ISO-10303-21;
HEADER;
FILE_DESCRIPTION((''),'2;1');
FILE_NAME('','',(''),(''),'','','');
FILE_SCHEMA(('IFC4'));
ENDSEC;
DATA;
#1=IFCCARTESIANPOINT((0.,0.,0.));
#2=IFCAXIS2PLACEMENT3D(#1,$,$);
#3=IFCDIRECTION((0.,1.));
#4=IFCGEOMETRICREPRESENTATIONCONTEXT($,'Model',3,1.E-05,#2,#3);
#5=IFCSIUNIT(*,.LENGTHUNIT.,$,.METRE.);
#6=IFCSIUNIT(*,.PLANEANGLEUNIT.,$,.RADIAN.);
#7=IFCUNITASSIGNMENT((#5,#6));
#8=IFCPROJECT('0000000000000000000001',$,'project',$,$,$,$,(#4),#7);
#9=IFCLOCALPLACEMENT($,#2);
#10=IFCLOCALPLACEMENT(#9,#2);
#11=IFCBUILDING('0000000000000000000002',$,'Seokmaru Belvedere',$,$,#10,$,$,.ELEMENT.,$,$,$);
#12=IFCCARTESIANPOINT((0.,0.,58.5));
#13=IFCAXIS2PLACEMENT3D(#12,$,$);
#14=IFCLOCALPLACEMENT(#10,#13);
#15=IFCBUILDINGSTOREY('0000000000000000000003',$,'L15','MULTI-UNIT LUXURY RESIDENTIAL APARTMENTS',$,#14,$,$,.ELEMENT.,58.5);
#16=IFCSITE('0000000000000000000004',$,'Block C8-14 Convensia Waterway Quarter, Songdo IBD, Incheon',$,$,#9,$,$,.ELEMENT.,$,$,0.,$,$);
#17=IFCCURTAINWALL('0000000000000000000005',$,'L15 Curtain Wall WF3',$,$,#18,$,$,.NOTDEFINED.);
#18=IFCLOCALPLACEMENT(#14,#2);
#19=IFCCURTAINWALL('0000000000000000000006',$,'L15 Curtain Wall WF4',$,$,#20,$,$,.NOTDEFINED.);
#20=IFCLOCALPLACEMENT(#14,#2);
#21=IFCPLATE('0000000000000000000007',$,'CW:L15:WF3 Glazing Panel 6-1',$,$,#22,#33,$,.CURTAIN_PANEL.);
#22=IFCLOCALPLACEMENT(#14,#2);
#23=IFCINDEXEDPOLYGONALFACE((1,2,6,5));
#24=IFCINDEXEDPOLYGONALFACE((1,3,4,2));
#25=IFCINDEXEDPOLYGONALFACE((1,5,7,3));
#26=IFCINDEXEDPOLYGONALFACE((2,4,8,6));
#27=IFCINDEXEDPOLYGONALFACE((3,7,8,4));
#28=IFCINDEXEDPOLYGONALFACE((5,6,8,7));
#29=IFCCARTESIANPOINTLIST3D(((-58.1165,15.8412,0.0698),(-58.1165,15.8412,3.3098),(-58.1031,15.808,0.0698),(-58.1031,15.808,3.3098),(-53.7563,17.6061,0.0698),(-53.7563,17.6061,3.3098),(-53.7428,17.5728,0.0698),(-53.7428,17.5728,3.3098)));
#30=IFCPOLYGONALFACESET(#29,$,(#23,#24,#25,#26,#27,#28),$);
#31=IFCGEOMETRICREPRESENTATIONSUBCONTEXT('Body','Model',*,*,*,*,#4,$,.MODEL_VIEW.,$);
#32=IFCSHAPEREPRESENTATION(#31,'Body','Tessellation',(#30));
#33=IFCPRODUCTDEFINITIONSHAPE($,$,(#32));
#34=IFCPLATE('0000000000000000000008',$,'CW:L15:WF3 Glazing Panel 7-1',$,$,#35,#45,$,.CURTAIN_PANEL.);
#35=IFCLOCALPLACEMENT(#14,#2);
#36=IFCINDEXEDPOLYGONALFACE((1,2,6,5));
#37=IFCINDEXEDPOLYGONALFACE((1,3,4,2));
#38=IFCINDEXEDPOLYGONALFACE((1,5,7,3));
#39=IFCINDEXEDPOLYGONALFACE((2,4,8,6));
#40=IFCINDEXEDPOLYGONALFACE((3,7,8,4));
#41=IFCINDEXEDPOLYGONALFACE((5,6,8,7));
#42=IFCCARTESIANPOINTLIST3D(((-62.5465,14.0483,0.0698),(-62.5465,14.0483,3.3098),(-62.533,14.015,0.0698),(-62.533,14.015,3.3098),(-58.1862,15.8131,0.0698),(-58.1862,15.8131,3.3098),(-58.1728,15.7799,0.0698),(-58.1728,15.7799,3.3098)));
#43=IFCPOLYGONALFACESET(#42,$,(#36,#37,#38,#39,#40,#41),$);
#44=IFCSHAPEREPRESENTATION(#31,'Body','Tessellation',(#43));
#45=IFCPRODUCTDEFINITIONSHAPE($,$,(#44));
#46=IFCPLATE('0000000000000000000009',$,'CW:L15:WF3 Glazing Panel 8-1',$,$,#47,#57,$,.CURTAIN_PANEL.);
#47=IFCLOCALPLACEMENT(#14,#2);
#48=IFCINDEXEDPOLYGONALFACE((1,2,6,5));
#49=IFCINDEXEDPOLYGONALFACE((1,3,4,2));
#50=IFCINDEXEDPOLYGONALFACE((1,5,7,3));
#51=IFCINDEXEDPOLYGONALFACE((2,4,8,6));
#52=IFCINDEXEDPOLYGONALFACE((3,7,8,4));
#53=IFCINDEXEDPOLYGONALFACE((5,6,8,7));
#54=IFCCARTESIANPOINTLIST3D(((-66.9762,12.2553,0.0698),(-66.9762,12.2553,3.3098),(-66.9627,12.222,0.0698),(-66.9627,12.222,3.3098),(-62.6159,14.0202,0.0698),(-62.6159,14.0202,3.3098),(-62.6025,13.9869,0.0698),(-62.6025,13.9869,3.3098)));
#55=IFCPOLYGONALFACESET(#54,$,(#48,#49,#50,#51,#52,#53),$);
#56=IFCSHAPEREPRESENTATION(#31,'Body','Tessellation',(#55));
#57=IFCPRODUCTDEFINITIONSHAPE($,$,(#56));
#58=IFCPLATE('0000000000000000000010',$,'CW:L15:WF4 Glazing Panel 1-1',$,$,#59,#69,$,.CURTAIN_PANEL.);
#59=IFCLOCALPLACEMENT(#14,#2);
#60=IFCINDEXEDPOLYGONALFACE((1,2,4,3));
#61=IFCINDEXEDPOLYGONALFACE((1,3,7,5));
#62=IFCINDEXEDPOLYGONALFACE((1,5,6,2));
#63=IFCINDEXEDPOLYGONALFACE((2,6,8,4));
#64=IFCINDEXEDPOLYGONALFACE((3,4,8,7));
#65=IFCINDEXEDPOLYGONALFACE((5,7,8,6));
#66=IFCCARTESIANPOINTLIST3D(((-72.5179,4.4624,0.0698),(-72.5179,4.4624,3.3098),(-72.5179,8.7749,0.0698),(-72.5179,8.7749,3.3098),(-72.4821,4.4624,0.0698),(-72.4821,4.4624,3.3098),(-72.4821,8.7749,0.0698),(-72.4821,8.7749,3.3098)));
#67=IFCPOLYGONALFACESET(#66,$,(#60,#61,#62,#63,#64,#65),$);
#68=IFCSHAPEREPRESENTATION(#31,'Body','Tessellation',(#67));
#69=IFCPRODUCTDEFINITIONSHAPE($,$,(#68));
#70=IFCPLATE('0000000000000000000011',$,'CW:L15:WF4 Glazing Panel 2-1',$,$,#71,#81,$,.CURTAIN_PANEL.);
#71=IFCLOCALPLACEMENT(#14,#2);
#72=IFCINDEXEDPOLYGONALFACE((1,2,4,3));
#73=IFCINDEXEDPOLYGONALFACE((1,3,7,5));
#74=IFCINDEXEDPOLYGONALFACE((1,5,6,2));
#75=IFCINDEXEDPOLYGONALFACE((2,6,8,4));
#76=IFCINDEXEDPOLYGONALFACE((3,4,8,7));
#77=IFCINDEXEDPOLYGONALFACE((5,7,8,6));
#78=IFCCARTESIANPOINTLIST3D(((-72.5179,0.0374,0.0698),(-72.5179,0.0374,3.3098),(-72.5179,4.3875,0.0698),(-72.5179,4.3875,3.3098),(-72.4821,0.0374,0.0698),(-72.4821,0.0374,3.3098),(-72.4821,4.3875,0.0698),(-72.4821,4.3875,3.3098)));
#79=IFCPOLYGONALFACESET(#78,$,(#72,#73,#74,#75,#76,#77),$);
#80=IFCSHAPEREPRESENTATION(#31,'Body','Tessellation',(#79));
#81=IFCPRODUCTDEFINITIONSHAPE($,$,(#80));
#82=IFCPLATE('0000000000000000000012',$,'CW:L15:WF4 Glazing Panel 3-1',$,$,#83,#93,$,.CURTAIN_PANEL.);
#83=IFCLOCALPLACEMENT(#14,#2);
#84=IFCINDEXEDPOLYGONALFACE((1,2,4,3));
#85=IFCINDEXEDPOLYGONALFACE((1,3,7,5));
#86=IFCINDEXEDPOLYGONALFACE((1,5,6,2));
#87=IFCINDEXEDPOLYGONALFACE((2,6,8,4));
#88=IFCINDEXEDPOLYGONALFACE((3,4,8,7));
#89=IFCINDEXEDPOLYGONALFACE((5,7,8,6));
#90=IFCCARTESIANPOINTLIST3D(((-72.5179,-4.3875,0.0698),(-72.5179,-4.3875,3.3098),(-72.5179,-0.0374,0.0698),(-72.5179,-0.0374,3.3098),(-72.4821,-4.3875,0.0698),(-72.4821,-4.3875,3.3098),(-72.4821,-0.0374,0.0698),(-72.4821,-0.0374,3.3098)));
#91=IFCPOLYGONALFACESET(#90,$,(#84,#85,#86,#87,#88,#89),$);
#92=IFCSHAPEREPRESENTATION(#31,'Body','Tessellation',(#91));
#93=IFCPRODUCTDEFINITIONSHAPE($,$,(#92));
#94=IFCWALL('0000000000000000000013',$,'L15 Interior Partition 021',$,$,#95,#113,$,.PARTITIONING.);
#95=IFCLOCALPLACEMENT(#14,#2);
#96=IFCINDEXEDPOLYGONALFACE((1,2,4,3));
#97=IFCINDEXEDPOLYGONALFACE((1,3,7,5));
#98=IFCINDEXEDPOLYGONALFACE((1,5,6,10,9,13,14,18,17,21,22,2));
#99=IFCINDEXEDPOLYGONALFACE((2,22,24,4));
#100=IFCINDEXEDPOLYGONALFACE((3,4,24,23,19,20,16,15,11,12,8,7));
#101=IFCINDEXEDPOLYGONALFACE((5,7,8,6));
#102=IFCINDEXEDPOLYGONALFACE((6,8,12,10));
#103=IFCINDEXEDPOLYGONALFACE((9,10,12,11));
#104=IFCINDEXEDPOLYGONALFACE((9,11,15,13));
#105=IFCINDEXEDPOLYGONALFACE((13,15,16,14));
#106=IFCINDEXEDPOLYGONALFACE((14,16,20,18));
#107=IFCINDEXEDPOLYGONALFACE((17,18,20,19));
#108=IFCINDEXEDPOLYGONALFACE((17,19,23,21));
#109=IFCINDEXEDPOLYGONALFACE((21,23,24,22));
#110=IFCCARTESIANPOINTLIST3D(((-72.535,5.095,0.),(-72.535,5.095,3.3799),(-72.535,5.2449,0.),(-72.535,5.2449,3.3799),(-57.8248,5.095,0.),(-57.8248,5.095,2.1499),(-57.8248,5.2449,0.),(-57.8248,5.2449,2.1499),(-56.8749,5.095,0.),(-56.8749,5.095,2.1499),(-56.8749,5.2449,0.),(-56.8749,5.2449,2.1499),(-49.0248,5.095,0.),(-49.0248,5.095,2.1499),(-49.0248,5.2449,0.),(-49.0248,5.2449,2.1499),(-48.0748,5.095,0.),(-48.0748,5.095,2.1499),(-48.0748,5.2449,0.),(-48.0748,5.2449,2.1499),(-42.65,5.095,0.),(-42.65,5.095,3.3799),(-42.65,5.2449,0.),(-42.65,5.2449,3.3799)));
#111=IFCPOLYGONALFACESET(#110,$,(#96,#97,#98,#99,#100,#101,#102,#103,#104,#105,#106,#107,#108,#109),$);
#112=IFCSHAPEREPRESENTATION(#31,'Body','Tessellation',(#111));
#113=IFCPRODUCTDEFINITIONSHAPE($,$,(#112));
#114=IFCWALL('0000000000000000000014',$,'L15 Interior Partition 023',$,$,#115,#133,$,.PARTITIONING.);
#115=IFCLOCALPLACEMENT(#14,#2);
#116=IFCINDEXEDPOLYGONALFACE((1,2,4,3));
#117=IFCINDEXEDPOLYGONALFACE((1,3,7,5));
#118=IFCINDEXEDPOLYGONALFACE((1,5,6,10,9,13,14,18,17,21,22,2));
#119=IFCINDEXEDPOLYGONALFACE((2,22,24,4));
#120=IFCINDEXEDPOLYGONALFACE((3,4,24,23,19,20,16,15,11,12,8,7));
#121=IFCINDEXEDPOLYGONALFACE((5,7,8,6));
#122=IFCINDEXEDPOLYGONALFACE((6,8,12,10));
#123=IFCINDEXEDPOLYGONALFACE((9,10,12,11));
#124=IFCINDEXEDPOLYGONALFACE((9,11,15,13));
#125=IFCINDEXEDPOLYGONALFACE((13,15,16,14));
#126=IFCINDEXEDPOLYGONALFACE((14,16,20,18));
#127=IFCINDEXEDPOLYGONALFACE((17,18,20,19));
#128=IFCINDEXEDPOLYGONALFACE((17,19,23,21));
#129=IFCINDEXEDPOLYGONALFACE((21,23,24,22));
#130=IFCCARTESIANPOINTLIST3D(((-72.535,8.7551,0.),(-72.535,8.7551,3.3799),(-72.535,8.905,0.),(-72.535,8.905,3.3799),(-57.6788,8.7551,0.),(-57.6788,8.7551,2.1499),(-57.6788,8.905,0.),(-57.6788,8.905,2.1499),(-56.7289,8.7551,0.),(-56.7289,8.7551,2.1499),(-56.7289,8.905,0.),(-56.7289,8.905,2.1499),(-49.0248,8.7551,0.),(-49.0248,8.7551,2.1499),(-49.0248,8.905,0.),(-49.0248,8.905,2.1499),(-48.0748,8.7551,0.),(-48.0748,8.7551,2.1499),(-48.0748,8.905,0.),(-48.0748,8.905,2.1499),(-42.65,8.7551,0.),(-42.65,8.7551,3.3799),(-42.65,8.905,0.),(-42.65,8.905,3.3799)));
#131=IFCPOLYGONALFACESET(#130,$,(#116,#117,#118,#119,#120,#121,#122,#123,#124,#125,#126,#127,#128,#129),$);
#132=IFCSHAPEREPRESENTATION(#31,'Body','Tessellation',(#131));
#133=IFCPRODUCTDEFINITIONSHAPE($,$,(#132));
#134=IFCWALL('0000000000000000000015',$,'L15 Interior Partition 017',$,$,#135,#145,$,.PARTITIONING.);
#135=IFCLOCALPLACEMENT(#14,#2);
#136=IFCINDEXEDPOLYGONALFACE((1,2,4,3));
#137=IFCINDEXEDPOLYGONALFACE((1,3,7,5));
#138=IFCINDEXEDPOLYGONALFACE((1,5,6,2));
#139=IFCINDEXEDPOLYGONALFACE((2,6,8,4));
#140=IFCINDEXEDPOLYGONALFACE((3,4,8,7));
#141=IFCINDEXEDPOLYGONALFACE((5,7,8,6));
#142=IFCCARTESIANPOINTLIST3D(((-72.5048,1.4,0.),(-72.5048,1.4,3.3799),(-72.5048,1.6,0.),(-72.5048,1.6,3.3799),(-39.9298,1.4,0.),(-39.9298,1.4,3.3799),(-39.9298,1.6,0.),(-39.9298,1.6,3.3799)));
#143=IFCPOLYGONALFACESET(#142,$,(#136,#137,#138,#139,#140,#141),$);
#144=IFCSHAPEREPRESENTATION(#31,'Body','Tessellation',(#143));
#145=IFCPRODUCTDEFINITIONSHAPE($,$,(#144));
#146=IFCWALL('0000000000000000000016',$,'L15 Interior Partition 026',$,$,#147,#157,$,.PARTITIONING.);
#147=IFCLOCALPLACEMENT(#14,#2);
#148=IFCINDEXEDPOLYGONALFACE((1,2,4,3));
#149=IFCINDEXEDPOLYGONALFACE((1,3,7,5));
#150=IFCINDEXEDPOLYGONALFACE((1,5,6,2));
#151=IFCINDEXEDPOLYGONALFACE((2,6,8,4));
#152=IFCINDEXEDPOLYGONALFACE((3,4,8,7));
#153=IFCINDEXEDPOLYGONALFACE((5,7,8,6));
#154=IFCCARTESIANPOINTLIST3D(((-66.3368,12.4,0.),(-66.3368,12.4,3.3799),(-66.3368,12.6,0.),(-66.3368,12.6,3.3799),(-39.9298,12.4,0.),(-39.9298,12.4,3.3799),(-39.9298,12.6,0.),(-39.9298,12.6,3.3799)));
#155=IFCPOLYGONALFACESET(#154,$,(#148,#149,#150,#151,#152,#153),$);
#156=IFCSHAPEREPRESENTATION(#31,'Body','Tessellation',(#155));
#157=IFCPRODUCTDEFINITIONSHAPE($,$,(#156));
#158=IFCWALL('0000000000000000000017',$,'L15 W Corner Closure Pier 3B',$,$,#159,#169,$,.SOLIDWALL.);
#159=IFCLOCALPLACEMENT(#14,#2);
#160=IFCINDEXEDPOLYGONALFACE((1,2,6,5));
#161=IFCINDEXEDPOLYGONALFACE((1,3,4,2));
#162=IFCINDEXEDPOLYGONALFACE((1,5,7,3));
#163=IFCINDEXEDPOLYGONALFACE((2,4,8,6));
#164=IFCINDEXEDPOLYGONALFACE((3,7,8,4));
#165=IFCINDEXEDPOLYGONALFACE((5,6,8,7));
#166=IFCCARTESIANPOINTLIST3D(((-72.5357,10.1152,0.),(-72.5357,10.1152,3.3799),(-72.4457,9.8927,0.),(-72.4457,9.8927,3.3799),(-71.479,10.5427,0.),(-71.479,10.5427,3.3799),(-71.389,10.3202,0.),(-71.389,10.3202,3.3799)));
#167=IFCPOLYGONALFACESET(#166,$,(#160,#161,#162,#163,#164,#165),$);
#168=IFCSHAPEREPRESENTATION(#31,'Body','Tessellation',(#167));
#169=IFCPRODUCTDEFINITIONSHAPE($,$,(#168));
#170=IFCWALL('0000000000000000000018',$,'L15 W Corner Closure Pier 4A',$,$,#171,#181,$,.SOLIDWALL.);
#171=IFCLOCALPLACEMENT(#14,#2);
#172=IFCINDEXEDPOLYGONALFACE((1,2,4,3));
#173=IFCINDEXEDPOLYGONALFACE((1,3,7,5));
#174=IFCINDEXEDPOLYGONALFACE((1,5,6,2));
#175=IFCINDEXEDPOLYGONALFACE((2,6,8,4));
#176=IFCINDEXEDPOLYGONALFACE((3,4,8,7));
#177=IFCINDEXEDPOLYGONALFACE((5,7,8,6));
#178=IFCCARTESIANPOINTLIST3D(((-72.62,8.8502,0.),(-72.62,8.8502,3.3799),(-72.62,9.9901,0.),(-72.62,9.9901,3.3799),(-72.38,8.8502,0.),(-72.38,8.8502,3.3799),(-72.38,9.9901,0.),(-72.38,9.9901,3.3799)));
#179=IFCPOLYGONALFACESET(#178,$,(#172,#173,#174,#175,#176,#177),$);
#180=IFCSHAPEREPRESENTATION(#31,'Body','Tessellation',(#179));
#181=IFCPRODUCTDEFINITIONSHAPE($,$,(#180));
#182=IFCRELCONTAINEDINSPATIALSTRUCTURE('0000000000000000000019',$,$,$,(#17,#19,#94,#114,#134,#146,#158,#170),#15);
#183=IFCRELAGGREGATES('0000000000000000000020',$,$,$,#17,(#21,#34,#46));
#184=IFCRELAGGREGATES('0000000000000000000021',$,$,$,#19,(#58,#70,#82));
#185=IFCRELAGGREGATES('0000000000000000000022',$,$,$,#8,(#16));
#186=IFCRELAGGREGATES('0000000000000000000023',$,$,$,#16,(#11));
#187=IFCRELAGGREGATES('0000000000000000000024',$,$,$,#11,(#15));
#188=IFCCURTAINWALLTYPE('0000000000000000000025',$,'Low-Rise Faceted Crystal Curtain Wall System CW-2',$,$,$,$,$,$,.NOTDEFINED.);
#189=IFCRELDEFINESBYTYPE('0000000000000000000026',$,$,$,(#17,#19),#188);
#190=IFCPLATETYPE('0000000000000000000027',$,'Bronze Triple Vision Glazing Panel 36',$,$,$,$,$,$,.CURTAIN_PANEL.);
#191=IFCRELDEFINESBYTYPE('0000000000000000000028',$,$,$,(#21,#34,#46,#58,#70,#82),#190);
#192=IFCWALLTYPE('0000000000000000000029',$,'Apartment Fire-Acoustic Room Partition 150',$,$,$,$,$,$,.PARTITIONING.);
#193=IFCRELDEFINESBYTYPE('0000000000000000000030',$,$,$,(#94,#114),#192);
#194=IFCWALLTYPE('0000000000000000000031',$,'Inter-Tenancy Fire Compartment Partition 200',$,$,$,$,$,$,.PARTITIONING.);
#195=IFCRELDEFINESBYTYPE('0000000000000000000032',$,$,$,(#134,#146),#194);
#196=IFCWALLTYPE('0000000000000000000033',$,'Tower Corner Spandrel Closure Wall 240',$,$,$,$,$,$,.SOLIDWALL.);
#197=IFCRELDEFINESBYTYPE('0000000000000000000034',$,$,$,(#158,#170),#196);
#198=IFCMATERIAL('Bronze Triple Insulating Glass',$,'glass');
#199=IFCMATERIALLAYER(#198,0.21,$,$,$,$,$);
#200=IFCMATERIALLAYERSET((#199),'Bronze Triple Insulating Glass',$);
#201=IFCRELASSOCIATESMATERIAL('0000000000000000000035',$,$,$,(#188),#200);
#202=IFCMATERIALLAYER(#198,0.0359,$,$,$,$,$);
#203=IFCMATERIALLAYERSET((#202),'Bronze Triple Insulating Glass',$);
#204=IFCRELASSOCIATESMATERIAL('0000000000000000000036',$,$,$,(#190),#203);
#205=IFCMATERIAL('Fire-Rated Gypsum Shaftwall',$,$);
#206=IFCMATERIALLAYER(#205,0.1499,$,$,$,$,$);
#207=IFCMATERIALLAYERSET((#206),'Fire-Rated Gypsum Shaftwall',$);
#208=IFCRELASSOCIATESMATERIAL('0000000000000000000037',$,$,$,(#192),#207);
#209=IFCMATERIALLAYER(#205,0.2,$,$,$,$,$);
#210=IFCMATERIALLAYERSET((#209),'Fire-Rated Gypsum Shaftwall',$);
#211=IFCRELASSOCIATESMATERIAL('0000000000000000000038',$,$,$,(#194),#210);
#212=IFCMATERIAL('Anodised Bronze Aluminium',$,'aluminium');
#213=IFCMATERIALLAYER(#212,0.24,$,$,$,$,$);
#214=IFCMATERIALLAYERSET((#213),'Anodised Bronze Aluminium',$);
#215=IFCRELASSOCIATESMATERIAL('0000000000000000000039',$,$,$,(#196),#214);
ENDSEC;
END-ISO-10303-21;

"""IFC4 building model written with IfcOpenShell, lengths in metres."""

from ifc_helpers import new_model, si_unit, direction, frame, frame_2d, origin, origin_2d, place, context, subcontext, project, spatial, rectangle, extrude, source, transform, mapped, material, layer, layer_set, type_object, element, aggregate, save


model = new_model("IFC4")

# Units and contexts
model_context = context("Model", 3, precision=1e-05, world=origin(), true_north=direction((0.0, 1.0)))
body_context = subcontext(model_context, "Body", "Model", "MODEL_VIEW")
ifc_project = project(units=[si_unit("LENGTHUNIT", "METRE"), si_unit("PLANEANGLEUNIT", "RADIAN")], contexts=[model_context])

# Site, building, storey
site_placement = place(None, origin())
site = spatial("IfcSite", under=ifc_project, at=site_placement, Name="Block C8-14 Convensia Waterway Quarter, Songdo IBD, Incheon", CompositionType="ELEMENT", RefElevation=0.0)
building_placement = place(site_placement, origin())
building = spatial("IfcBuilding", under=site, at=building_placement, Name="Seokmaru Belvedere", CompositionType="ELEMENT")
storey_placement = place(building_placement, frame((0.0, 0.0, 58.5)))
storey = spatial("IfcBuildingStorey", under=building, at=storey_placement, Name="L15", Description="MULTI-UNIT LUXURY RESIDENTIAL APARTMENTS", CompositionType="ELEMENT", Elevation=58.5)

# Curtain walls
ifc_material_1 = material(Name="Bronze Triple Insulating Glass", Category="glass")
ifc_layer_1 = layer(ifc_material_1, 0.21)
ifc_layer_set_1 = layer_set([ifc_layer_1], Name="Bronze Triple Insulating Glass")
curtain_wall_type = type_object("IfcCurtainWallType", Name="Low-Rise Faceted Crystal Curtain Wall System CW-2", PredefinedType="NOTDEFINED", material=ifc_layer_set_1)
curtain_wall_1_placement = place(storey_placement, origin())
curtain_wall_1 = element("IfcCurtainWall", 1, at=curtain_wall_1_placement, inside=storey, type_object=curtain_wall_type, Name="L15 Curtain Wall WF3", PredefinedType="NOTDEFINED")
ifc_material_2 = material(Name="Anodised Bronze Aluminium", Category="aluminium")
curtain_wall_2_placement = place(storey_placement, origin())
curtain_wall_2 = element("IfcCurtainWall", 2, at=curtain_wall_2_placement, inside=storey, type_object=curtain_wall_type, Name="L15 Curtain Wall WF4", PredefinedType="NOTDEFINED")

# Plates
ifc_layer_2 = layer(ifc_material_1, 0.0359)
ifc_layer_set_2 = layer_set([ifc_layer_2], Name="Bronze Triple Insulating Glass")
plate_type = type_object("IfcPlateType", Name="Bronze Triple Vision Glazing Panel 36", PredefinedType="CURTAIN_PANEL", material=ifc_layer_set_2)
shared_shape_1 = source(origin(), body_context, "Body", "SweptSolid", [
    extrude(rectangle(XDim=4.7039, YDim=0.0359, at=origin_2d()), origin(), (0.0, 0.0, 1.0), 3.24),
])
plate_1_placement = place(storey_placement, frame((-55.9297, 16.707, 0.0698), z_axis=(0.0, 0.0, 1.0), x_axis=(-0.926947, -0.375192, 0.0)))
plate_1 = element("IfcPlate", 3, at=plate_1_placement, type_object=plate_type, Name="CW:L15:WF3 Glazing Panel 6-1", PredefinedType="CURTAIN_PANEL", context=body_context, shape_type="MappedRepresentation", body=[
    mapped(shared_shape_1, transform((0.0, 0.0, 0.0), scale=1.0)),
])
plate_2_placement = place(storey_placement, frame((-60.3596, 14.9141, 0.0698), z_axis=(0.0, 0.0, 1.0), x_axis=(-0.926947, -0.375192, 0.0)))
plate_2 = element("IfcPlate", 4, at=plate_2_placement, type_object=plate_type, Name="CW:L15:WF3 Glazing Panel 7-1", PredefinedType="CURTAIN_PANEL", context=body_context, shape_type="MappedRepresentation", body=[
    mapped(shared_shape_1, transform((0.0, 0.0, 0.0), scale=1.0)),
])
plate_3_placement = place(storey_placement, frame((-64.7893, 13.1211, 0.0698), z_axis=(0.0, 0.0, 1.0), x_axis=(-0.926947, -0.375192, 0.0)))
plate_3 = element("IfcPlate", 5, at=plate_3_placement, type_object=plate_type, Name="CW:L15:WF3 Glazing Panel 8-1", PredefinedType="CURTAIN_PANEL", context=body_context, shape_type="MappedRepresentation", body=[
    mapped(shared_shape_1, transform((0.0, 0.0, 0.0), scale=1.0)),
])
aggregate(curtain_wall_1, [plate_1, plate_2, plate_3])
shared_shape_2 = source(origin(), body_context, "Body", "SweptSolid", [
    extrude(rectangle(XDim=4.3125, YDim=0.0359, at=origin_2d()), origin(), (0.0, 0.0, 1.0), 3.24),
])
plate_4_placement = place(storey_placement, frame((-72.5, 6.6187, 0.0698), z_axis=(0.0, 0.0, 1.0), x_axis=(0.0, -1.0, 0.0)))
plate_4 = element("IfcPlate", 6, at=plate_4_placement, type_object=plate_type, Name="CW:L15:WF4 Glazing Panel 1-1", PredefinedType="CURTAIN_PANEL", context=body_context, shape_type="MappedRepresentation", body=[
    mapped(shared_shape_2, transform((0.0, 0.0, 0.0), scale=1.0)),
])
shared_shape_3 = source(origin(), body_context, "Body", "SweptSolid", [
    extrude(rectangle(XDim=4.3501, YDim=0.0359, at=origin_2d()), origin(), (0.0, 0.0, 1.0), 3.24),
])
plate_5_placement = place(storey_placement, frame((-72.5, 2.2124, 0.0698), z_axis=(0.0, 0.0, 1.0), x_axis=(0.0, -1.0, 0.0)))
plate_5 = element("IfcPlate", 7, at=plate_5_placement, type_object=plate_type, Name="CW:L15:WF4 Glazing Panel 2-1", PredefinedType="CURTAIN_PANEL", context=body_context, shape_type="MappedRepresentation", body=[
    mapped(shared_shape_3, transform((0.0, 0.0, 0.0), scale=1.0)),
])
plate_6_placement = place(storey_placement, frame((-72.5, -2.2124, 0.0698), z_axis=(0.0, 0.0, 1.0), x_axis=(0.0, -1.0, 0.0)))
plate_6 = element("IfcPlate", 8, at=plate_6_placement, type_object=plate_type, Name="CW:L15:WF4 Glazing Panel 3-1", PredefinedType="CURTAIN_PANEL", context=body_context, shape_type="MappedRepresentation", body=[
    mapped(shared_shape_3, transform((0.0, 0.0, 0.0), scale=1.0)),
])
aggregate(curtain_wall_2, [plate_4, plate_5, plate_6])

# Walls, openings
ifc_material_3 = material(Name="Fire-Rated Gypsum Shaftwall")
ifc_layer_3 = layer(ifc_material_3, 0.1499)
ifc_layer_set_3 = layer_set([ifc_layer_3], Name="Fire-Rated Gypsum Shaftwall")
wall_type_1 = type_object("IfcWallType", Name="Apartment Fire-Acoustic Room Partition 150", PredefinedType="PARTITIONING", material=ifc_layer_set_3)
wall_1_placement = place(storey_placement, frame((-72.5349, 5.1699, 0.0), z_axis=(0.0, 0.0, 1.0), x_axis=(1.0, 0.0, 0.0)))
wall_1 = element("IfcWall", 9, at=wall_1_placement, inside=storey, type_object=wall_type_1, Name="L15 Interior Partition 021", PredefinedType="PARTITIONING", context=body_context, shape_type="SweptSolid", body=[
    extrude(rectangle(XDim=29.885, YDim=0.1499, at=frame_2d((14.9424, 0.0))), origin(), (0.0, 0.0, 1.0), 3.3799),
])
opening_1_placement = place(wall_1_placement, frame((23.51, 0.0, 0.0)))
element("IfcOpeningElement", 10, at=opening_1_placement, cuts=wall_1, PredefinedType="OPENING", context=body_context, shape_type="SweptSolid", body=[
    extrude(rectangle(XDim=0.95, YDim=2.1499, at=frame_2d((0.4751, 1.075))), frame((0.0, 0.085, 0.0), z_axis=(0.0, -1.0, 0.0), x_axis=(1.0, 0.0, 0.0)), (0.0, 0.0, 1.0), 0.1699),
])
opening_2_placement = place(wall_1_placement, frame((14.71, 0.0, 0.0)))
element("IfcOpeningElement", 11, at=opening_2_placement, cuts=wall_1, PredefinedType="OPENING", context=body_context, shape_type="SweptSolid", body=[
    extrude(rectangle(XDim=0.95, YDim=2.1499, at=frame_2d((0.4751, 1.075))), frame((0.0, 0.085, 0.0), z_axis=(0.0, -1.0, 0.0), x_axis=(1.0, 0.0, 0.0)), (0.0, 0.0, 1.0), 0.1699),
])
wall_2_placement = place(storey_placement, frame((-72.5349, 8.8301, 0.0), z_axis=(0.0, 0.0, 1.0), x_axis=(1.0, 0.0, 0.0)))
wall_2 = element("IfcWall", 12, at=wall_2_placement, inside=storey, type_object=wall_type_1, Name="L15 Interior Partition 023", PredefinedType="PARTITIONING", context=body_context, shape_type="SweptSolid", body=[
    extrude(rectangle(XDim=29.885, YDim=0.1499, at=frame_2d((14.9424, 0.0))), origin(), (0.0, 0.0, 1.0), 3.3799),
])
opening_3_placement = place(wall_2_placement, frame((23.51, 0.0, 0.0)))
element("IfcOpeningElement", 13, at=opening_3_placement, cuts=wall_2, PredefinedType="OPENING", context=body_context, shape_type="SweptSolid", body=[
    extrude(rectangle(XDim=0.95, YDim=2.1499, at=frame_2d((0.4751, 1.075))), frame((0.0, 0.085, 0.0), z_axis=(0.0, -1.0, 0.0), x_axis=(1.0, 0.0, 0.0)), (0.0, 0.0, 1.0), 0.1699),
])
opening_4_placement = place(wall_2_placement, frame((14.856, 0.0, 0.0)))
element("IfcOpeningElement", 14, at=opening_4_placement, cuts=wall_2, PredefinedType="OPENING", context=body_context, shape_type="SweptSolid", body=[
    extrude(rectangle(XDim=0.95, YDim=2.1499, at=frame_2d((0.4751, 1.075))), frame((0.0, 0.085, 0.0), z_axis=(0.0, -1.0, 0.0), x_axis=(1.0, 0.0, 0.0)), (0.0, 0.0, 1.0), 0.1699),
])

# Walls
ifc_layer_4 = layer(ifc_material_3, 0.2)
ifc_layer_set_4 = layer_set([ifc_layer_4], Name="Fire-Rated Gypsum Shaftwall")
wall_type_2 = type_object("IfcWallType", Name="Inter-Tenancy Fire Compartment Partition 200", PredefinedType="PARTITIONING", material=ifc_layer_set_4)
wall_3_placement = place(storey_placement, frame((-72.5049, 1.5, 0.0), z_axis=(0.0, 0.0, 1.0), x_axis=(1.0, 0.0, 0.0)))
element("IfcWall", 15, at=wall_3_placement, inside=storey, type_object=wall_type_2, Name="L15 Interior Partition 017", PredefinedType="PARTITIONING", context=body_context, shape_type="SweptSolid", body=[
    extrude(rectangle(XDim=32.575, YDim=0.2, at=frame_2d((16.2876, 0.0))), origin(), (0.0, 0.0, 1.0), 3.3799),
])
wall_4_placement = place(storey_placement, frame((-66.3369, 12.5, 0.0), z_axis=(0.0, 0.0, 1.0), x_axis=(1.0, 0.0, 0.0)))
element("IfcWall", 16, at=wall_4_placement, inside=storey, type_object=wall_type_2, Name="L15 Interior Partition 026", PredefinedType="PARTITIONING", context=body_context, shape_type="SweptSolid", body=[
    extrude(rectangle(XDim=26.407, YDim=0.2, at=frame_2d((13.2036, 0.0))), origin(), (0.0, 0.0, 1.0), 3.3799),
])
ifc_layer_5 = layer(ifc_material_2, 0.24)
ifc_layer_set_5 = layer_set([ifc_layer_5], Name="Anodised Bronze Aluminium")
wall_type_3 = type_object("IfcWallType", Name="Tower Corner Spandrel Closure Wall 240", PredefinedType="SOLIDWALL", material=ifc_layer_set_5)
for number, where, z_axis, x_axis, name in (
    (17, (-71.4341, 10.4314, 0.0), (0.0, 0.0, 1.0), (-0.927007, -0.375044, 0.0), "L15 W Corner Closure Pier 3B"),
    (18, (-72.5, 9.99, 0.0), (0.0, 0.0, 1.0), (0.0, -1.0, 0.0), "L15 W Corner Closure Pier 4A"),
):
    element("IfcWall", number, at=place(storey_placement, frame(where, z_axis=z_axis, x_axis=x_axis)), inside=storey, type_object=wall_type_3, Name=name, PredefinedType="SOLIDWALL", context=body_context, shape_type="SweptSolid", body=[
        extrude(rectangle(XDim=1.1399, YDim=0.24, at=frame_2d((0.5698, 0.0))), origin(), (0.0, 0.0, 1.0), 3.3799),
    ])

save(model, "model.ifc")
